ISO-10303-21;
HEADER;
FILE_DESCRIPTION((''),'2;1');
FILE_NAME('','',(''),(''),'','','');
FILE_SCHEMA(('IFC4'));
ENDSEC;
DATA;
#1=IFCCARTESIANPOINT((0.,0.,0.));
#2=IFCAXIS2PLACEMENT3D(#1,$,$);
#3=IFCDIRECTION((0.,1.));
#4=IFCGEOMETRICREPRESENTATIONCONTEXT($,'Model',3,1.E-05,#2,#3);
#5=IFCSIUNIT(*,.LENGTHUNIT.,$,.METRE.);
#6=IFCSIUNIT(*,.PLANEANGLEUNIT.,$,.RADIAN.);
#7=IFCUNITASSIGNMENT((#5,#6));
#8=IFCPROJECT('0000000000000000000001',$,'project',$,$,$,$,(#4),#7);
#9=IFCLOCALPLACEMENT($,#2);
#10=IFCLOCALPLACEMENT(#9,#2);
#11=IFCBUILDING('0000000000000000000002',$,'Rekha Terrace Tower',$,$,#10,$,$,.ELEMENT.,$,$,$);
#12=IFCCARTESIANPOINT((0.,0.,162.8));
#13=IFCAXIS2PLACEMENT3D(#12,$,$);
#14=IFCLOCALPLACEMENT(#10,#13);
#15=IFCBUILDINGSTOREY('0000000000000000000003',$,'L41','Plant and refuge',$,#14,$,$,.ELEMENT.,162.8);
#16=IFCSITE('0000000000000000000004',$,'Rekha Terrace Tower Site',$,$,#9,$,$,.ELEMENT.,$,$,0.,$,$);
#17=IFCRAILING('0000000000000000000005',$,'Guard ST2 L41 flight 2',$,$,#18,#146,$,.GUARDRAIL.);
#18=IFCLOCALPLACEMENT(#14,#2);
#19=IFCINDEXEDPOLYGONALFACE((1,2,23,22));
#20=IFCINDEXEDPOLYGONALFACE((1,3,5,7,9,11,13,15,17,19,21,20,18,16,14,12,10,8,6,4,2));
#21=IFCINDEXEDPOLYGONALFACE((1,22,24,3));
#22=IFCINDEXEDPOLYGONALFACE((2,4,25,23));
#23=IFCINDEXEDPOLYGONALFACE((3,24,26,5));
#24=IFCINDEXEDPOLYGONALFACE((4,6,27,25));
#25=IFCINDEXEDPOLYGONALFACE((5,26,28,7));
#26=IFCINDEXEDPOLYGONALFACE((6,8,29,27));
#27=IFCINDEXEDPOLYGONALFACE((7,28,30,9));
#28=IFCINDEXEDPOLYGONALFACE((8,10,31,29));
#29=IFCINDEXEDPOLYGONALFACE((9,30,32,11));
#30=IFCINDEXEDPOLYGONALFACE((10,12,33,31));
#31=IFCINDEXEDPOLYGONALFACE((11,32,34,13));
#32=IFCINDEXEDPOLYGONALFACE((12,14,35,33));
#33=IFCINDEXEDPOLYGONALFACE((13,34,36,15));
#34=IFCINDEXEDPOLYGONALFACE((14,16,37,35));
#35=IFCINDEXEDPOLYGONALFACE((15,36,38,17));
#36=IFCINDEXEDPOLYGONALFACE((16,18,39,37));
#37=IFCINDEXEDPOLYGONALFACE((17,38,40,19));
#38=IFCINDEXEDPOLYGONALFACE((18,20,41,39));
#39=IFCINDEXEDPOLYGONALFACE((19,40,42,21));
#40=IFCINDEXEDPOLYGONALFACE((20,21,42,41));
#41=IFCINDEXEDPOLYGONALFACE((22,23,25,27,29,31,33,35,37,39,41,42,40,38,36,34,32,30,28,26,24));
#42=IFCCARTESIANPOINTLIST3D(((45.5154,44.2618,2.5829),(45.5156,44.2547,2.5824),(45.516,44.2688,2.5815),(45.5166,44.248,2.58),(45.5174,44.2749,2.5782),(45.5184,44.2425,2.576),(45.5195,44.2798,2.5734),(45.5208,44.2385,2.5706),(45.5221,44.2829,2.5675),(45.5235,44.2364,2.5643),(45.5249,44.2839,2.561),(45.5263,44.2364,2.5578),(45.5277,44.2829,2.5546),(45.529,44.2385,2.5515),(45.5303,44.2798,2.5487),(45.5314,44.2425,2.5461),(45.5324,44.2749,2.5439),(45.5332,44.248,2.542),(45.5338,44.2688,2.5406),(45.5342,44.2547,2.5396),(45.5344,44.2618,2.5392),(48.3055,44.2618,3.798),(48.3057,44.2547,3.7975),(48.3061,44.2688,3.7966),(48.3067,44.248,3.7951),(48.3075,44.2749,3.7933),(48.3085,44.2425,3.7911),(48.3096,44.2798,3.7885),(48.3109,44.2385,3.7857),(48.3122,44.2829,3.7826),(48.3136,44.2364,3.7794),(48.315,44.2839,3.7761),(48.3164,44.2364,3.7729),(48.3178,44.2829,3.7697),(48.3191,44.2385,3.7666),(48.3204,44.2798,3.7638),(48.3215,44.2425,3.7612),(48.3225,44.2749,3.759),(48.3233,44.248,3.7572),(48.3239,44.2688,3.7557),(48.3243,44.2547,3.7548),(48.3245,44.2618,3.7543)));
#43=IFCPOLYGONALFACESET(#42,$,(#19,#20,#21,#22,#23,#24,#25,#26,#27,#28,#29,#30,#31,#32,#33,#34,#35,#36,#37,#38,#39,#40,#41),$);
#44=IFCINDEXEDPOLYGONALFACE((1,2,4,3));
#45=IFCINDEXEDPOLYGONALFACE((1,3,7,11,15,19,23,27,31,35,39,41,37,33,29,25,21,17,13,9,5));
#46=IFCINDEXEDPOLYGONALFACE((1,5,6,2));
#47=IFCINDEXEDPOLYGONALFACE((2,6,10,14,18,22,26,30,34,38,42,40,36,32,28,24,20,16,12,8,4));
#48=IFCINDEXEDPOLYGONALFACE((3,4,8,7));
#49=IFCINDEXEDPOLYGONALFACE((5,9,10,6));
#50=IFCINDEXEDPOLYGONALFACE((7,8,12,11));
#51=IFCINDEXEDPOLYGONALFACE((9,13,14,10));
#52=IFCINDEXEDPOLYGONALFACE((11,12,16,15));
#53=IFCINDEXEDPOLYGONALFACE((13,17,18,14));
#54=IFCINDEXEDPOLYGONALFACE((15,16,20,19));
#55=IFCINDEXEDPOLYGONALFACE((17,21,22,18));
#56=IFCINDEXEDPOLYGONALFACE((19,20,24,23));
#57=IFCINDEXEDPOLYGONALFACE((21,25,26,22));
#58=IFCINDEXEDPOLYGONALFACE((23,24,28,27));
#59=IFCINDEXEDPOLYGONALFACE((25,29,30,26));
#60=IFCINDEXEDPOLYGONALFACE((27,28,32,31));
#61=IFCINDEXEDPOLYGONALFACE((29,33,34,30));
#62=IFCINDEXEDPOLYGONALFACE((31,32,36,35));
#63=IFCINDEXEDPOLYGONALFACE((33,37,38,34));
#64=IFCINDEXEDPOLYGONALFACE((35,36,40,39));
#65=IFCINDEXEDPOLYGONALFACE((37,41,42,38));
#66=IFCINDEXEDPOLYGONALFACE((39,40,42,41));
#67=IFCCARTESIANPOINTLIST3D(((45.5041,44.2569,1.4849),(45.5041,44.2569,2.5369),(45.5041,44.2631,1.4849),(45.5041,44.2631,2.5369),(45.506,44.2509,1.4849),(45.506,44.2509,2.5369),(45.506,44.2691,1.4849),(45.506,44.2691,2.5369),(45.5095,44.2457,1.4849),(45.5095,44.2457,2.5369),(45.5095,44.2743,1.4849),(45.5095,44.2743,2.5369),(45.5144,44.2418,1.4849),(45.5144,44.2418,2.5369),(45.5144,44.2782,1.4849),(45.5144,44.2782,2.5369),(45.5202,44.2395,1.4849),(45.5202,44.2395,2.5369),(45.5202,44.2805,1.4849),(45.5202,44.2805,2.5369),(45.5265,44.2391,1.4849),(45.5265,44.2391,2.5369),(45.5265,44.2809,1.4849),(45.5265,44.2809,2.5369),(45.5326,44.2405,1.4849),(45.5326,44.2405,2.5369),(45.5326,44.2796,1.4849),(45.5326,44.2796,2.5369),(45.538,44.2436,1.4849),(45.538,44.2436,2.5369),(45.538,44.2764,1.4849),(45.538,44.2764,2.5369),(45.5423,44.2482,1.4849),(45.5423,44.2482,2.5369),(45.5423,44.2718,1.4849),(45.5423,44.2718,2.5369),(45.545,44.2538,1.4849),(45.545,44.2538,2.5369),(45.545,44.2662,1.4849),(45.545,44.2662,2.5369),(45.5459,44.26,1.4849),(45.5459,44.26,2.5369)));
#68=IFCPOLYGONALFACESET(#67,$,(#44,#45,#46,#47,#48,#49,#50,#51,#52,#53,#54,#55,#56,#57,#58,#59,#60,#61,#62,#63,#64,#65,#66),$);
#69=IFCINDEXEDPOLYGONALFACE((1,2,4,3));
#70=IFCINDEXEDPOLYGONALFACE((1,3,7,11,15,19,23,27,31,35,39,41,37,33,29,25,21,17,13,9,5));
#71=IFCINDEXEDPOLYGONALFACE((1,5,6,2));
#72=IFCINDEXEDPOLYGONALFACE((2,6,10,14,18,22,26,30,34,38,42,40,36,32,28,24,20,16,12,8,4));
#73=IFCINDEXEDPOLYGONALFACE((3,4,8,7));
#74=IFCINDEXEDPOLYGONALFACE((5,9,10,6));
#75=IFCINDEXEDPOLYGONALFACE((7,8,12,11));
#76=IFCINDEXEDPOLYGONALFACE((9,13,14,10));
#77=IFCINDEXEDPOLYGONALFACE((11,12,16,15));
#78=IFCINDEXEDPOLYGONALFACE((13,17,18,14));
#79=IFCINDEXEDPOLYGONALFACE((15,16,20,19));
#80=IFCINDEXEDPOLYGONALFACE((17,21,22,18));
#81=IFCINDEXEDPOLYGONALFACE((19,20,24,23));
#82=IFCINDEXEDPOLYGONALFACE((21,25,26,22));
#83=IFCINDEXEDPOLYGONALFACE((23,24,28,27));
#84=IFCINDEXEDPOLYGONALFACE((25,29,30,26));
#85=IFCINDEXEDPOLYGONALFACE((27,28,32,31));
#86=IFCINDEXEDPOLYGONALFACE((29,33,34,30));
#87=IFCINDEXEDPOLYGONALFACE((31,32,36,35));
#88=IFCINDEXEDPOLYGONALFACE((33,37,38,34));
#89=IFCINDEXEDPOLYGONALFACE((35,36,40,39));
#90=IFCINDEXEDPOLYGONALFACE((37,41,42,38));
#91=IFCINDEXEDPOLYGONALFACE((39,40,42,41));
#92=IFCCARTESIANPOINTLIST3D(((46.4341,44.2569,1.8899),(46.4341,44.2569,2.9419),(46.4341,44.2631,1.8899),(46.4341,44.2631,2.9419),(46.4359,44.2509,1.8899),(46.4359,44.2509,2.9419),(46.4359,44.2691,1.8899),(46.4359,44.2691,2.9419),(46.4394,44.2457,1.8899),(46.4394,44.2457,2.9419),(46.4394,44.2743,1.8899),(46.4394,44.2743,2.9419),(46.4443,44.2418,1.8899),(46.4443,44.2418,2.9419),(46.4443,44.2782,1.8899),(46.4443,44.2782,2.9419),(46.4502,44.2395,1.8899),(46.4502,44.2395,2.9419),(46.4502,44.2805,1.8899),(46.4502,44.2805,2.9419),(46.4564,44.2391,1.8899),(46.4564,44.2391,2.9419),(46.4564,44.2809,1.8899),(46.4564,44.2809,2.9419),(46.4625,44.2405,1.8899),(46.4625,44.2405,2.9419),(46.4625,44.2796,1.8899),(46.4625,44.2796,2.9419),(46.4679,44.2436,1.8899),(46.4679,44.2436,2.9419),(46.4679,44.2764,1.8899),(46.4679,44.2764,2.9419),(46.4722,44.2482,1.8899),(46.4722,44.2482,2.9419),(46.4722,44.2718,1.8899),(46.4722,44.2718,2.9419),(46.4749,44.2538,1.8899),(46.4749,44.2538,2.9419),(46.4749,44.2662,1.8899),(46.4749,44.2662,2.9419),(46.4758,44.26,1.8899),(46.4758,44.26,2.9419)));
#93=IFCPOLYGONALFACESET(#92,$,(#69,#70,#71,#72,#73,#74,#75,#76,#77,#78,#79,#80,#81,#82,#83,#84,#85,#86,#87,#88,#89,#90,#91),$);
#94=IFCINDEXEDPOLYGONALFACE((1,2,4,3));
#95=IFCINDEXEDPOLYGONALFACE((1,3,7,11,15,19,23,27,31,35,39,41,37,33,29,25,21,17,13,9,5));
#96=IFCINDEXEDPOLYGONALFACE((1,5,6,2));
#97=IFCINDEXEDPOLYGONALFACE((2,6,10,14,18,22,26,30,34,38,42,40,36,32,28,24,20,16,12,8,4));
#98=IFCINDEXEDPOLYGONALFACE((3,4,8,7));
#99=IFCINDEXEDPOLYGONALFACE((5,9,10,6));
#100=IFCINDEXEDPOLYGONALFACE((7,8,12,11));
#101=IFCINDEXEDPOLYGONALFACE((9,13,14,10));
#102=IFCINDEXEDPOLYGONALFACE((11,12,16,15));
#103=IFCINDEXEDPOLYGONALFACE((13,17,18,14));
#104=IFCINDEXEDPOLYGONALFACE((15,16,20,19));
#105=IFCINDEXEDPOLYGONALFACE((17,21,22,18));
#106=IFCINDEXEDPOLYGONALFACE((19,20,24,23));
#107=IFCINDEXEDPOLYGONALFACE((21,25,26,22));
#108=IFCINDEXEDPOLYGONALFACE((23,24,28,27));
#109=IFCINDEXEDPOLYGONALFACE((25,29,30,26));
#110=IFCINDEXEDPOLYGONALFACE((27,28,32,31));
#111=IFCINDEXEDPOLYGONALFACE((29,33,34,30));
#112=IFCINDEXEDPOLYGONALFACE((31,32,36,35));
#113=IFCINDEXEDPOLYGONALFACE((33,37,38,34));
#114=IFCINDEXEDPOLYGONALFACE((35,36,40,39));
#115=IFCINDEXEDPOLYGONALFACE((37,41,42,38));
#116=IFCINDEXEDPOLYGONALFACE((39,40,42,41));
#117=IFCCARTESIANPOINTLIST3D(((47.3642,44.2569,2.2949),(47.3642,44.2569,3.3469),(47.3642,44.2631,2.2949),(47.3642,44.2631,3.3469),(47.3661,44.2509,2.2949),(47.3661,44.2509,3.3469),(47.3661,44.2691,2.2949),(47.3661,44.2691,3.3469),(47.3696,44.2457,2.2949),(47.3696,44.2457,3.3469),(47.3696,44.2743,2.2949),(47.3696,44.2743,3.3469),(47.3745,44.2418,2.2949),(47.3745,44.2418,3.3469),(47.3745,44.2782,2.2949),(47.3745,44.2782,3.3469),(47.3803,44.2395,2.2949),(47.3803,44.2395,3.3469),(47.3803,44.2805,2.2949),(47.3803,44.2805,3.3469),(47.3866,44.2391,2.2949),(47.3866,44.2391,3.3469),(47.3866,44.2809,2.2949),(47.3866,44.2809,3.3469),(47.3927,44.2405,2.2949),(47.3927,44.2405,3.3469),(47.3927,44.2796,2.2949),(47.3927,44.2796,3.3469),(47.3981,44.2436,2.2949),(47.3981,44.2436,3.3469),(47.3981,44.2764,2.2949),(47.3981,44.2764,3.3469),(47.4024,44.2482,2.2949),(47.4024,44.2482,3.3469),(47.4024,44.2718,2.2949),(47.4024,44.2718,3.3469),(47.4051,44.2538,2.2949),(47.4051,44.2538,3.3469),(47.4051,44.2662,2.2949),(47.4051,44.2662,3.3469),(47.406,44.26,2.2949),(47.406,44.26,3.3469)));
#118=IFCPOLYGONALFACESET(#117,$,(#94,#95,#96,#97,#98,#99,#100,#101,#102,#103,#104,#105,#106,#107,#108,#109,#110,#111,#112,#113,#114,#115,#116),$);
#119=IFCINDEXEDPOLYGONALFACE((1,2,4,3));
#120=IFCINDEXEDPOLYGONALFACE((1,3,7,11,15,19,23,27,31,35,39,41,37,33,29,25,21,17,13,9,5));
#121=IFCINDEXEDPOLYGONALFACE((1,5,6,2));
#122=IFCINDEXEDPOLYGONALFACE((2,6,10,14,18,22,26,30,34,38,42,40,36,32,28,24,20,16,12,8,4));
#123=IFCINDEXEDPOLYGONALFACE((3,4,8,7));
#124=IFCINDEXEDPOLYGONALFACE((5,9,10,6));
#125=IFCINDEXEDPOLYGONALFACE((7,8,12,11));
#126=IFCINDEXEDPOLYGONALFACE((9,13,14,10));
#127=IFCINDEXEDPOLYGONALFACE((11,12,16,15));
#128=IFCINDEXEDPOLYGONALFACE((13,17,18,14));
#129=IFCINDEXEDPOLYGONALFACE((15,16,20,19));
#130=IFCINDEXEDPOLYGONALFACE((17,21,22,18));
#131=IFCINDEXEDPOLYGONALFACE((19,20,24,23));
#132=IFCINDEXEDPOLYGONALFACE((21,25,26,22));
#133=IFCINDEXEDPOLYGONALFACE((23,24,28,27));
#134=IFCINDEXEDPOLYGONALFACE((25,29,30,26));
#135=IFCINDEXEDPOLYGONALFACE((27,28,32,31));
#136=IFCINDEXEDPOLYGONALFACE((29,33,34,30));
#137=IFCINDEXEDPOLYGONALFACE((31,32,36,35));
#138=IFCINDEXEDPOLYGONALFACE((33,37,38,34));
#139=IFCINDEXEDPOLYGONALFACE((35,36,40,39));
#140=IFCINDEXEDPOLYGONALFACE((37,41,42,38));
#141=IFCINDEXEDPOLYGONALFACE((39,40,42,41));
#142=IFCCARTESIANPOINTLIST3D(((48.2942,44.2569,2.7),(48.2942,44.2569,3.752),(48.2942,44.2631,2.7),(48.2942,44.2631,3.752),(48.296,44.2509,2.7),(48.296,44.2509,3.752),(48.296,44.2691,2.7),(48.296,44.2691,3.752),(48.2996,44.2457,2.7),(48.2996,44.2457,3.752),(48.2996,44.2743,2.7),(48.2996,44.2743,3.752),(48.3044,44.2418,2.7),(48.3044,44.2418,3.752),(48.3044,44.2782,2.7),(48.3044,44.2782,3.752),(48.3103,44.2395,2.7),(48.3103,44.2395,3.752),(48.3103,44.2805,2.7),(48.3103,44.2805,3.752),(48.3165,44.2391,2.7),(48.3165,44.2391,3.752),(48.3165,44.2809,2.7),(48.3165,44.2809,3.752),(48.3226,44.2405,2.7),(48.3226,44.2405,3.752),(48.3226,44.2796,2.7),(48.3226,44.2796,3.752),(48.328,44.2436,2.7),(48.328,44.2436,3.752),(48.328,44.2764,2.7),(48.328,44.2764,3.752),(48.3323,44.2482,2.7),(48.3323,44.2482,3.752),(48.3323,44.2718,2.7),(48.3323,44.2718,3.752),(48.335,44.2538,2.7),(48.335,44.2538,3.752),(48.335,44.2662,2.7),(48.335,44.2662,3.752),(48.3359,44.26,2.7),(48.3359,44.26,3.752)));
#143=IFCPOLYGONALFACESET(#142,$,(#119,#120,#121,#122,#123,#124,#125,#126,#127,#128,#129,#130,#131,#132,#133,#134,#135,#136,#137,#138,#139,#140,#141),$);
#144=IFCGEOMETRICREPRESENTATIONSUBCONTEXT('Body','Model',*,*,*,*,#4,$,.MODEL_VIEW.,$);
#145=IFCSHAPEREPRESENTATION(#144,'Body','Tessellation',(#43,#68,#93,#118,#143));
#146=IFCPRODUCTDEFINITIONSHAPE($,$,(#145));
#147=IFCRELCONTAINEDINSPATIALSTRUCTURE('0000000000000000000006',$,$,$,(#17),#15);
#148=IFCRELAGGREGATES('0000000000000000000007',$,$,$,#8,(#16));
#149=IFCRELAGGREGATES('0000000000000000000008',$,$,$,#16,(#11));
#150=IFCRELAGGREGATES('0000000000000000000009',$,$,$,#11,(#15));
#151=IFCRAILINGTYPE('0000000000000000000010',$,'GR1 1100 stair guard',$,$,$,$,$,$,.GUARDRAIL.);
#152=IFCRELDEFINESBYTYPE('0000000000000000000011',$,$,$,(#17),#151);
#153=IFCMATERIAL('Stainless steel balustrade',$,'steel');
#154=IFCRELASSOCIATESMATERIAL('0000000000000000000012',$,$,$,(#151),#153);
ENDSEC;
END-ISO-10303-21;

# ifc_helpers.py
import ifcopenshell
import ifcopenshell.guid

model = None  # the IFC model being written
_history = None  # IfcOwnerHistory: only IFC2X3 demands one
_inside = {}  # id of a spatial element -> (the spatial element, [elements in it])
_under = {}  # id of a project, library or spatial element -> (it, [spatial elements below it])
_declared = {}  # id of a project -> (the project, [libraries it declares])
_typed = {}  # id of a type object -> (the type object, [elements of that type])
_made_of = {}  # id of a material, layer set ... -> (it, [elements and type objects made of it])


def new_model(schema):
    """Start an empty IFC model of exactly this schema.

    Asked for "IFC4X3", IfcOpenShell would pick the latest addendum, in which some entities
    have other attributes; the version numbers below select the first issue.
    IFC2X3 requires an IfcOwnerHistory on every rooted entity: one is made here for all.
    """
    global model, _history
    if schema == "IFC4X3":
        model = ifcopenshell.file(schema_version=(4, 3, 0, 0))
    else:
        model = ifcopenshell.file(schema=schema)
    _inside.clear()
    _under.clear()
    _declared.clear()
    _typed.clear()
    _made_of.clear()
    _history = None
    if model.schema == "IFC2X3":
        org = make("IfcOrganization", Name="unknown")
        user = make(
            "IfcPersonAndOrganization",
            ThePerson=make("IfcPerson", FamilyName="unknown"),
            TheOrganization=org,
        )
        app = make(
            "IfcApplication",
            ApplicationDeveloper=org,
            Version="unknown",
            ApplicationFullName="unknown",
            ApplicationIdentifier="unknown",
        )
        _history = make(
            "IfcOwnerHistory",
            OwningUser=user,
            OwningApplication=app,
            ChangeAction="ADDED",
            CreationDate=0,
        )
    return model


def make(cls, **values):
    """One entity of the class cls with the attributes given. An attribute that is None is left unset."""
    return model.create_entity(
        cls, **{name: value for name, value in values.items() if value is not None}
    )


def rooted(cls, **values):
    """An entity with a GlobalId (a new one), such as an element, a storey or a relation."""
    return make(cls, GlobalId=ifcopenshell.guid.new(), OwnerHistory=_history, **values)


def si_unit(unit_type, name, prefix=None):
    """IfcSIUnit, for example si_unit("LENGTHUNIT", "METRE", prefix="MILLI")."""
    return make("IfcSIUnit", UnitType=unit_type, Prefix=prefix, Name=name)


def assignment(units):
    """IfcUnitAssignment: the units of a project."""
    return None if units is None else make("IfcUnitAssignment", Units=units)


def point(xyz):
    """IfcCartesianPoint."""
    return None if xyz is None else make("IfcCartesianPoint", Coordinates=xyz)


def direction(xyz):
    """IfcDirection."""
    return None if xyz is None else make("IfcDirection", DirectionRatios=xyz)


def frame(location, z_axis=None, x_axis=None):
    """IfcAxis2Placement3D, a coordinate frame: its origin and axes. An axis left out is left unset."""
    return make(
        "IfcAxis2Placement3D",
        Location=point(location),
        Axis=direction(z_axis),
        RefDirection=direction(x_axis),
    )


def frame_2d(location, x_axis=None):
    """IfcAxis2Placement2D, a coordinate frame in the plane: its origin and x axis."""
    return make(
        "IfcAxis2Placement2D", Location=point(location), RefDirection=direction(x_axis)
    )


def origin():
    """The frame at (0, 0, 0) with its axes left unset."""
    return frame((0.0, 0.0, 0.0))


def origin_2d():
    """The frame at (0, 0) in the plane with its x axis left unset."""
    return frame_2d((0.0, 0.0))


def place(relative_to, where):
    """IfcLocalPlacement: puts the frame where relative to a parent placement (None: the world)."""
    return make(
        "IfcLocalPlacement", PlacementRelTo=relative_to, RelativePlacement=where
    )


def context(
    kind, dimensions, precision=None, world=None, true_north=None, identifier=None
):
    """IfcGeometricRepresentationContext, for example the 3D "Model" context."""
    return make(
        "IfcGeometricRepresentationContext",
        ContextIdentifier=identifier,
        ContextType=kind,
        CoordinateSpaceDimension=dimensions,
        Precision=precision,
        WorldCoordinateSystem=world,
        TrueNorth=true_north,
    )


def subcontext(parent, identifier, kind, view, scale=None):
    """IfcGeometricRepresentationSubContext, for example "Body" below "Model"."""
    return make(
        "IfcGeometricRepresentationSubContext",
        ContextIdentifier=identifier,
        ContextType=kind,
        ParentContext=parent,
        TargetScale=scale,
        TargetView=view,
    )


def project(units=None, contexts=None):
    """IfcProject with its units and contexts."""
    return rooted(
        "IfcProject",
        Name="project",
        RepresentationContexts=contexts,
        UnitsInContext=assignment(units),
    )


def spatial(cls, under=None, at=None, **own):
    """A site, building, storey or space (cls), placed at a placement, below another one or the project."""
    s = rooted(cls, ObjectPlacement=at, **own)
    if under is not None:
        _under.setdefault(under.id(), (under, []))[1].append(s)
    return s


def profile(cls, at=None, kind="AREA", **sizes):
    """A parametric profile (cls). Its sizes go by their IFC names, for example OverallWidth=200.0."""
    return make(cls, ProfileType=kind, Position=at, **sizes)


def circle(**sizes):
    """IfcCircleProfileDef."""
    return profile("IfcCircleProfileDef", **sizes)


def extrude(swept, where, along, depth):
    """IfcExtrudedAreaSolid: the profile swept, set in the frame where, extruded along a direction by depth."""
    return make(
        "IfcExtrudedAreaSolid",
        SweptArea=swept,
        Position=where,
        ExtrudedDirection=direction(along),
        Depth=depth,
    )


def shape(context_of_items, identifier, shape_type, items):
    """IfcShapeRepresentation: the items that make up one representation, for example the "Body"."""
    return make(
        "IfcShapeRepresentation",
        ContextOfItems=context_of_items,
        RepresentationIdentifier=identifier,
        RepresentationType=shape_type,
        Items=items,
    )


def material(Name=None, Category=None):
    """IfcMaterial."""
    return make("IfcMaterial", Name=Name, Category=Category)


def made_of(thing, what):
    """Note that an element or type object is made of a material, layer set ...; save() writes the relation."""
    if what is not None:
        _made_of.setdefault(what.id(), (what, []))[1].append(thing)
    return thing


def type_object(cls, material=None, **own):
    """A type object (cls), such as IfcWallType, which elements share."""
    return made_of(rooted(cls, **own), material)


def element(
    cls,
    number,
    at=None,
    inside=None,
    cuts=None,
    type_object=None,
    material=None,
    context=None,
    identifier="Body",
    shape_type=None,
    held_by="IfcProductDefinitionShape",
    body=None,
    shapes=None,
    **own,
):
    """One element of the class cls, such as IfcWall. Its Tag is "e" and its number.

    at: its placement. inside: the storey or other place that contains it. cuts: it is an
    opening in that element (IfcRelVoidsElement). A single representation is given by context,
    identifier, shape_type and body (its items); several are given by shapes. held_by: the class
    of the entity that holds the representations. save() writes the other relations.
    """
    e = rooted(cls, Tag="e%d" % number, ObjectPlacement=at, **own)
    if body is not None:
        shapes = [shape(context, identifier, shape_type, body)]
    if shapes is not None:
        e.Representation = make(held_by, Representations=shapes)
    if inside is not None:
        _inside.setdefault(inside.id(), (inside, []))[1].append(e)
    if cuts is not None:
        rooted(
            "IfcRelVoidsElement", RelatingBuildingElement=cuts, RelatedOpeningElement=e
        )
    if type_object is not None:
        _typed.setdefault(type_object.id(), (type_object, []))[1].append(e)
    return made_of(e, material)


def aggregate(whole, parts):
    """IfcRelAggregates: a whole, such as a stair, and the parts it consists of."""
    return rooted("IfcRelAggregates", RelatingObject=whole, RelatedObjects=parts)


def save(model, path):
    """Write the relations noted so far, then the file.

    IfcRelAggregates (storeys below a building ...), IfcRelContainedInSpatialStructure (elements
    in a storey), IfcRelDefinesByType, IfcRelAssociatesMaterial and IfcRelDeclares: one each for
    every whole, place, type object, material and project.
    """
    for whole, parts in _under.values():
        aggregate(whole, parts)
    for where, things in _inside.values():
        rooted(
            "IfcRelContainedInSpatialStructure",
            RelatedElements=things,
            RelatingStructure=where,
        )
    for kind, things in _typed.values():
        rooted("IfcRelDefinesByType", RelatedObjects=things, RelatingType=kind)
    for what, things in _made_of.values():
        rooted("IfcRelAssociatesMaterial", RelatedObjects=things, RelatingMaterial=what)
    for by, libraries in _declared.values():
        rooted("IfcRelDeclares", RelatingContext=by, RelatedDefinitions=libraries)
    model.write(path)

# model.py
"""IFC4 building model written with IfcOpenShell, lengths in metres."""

from ifc_helpers import new_model, si_unit, direction, frame, origin, origin_2d, place, context, subcontext, project, spatial, circle, extrude, material, type_object, element, save


model = new_model("IFC4")

# Units and contexts
model_context = context("Model", 3, precision=1e-05, world=origin(), true_north=direction((0.0, 1.0)))
body_context = subcontext(model_context, "Body", "Model", "MODEL_VIEW")
ifc_project = project(units=[si_unit("LENGTHUNIT", "METRE"), si_unit("PLANEANGLEUNIT", "RADIAN")], contexts=[model_context])

# Site, building, storey
site_placement = place(None, origin())
site = spatial("IfcSite", under=ifc_project, at=site_placement, Name="Rekha Terrace Tower Site", CompositionType="ELEMENT", RefElevation=0.0)
building_placement = place(site_placement, origin())
building = spatial("IfcBuilding", under=site, at=building_placement, Name="Rekha Terrace Tower", CompositionType="ELEMENT")
storey_placement = place(building_placement, frame((0.0, 0.0, 162.8)))
storey = spatial("IfcBuildingStorey", under=building, at=storey_placement, Name="L41", Description="Plant and refuge", CompositionType="ELEMENT", Elevation=162.8)

# Railing
ifc_material_1 = material(Name="Stainless steel balustrade", Category="steel")
railing_type_1 = type_object("IfcRailingType", Name="GR1 1100 stair guard", PredefinedType="GUARDRAIL", material=ifc_material_1)
railing_1_placement = place(storey_placement, frame((45.5249, 44.26, 1.4849)))
element("IfcRailing", 1, at=railing_1_placement, inside=storey, type_object=railing_type_1, Name="Guard ST2 L41 flight 2", PredefinedType="GUARDRAIL", context=body_context, shape_type="SweptSolid", body=[
    extrude(circle(Radius=0.0239, at=origin_2d()), frame((0.0, 0.0, 1.0762), z_axis=(0.916826, 0.0, 0.399286), x_axis=(0.0, 1.0, 0.0)), (0.0, 0.0, 1.0), 3.0432),
    extrude(circle(Radius=0.021, at=origin_2d()), origin(), (0.0, 0.0, 1.0), 1.052),
    extrude(circle(Radius=0.021, at=origin_2d()), frame((0.9299, 0.0, 0.405)), (0.0, 0.0, 1.0), 1.052),
    extrude(circle(Radius=0.021, at=origin_2d()), frame((1.8601, 0.0, 0.8101)), (0.0, 0.0, 1.0), 1.052),
    extrude(circle(Radius=0.021, at=origin_2d()), frame((2.79, 0.0, 1.2151)), (0.0, 0.0, 1.0), 1.052),
])

save(model, "model.ifc")
